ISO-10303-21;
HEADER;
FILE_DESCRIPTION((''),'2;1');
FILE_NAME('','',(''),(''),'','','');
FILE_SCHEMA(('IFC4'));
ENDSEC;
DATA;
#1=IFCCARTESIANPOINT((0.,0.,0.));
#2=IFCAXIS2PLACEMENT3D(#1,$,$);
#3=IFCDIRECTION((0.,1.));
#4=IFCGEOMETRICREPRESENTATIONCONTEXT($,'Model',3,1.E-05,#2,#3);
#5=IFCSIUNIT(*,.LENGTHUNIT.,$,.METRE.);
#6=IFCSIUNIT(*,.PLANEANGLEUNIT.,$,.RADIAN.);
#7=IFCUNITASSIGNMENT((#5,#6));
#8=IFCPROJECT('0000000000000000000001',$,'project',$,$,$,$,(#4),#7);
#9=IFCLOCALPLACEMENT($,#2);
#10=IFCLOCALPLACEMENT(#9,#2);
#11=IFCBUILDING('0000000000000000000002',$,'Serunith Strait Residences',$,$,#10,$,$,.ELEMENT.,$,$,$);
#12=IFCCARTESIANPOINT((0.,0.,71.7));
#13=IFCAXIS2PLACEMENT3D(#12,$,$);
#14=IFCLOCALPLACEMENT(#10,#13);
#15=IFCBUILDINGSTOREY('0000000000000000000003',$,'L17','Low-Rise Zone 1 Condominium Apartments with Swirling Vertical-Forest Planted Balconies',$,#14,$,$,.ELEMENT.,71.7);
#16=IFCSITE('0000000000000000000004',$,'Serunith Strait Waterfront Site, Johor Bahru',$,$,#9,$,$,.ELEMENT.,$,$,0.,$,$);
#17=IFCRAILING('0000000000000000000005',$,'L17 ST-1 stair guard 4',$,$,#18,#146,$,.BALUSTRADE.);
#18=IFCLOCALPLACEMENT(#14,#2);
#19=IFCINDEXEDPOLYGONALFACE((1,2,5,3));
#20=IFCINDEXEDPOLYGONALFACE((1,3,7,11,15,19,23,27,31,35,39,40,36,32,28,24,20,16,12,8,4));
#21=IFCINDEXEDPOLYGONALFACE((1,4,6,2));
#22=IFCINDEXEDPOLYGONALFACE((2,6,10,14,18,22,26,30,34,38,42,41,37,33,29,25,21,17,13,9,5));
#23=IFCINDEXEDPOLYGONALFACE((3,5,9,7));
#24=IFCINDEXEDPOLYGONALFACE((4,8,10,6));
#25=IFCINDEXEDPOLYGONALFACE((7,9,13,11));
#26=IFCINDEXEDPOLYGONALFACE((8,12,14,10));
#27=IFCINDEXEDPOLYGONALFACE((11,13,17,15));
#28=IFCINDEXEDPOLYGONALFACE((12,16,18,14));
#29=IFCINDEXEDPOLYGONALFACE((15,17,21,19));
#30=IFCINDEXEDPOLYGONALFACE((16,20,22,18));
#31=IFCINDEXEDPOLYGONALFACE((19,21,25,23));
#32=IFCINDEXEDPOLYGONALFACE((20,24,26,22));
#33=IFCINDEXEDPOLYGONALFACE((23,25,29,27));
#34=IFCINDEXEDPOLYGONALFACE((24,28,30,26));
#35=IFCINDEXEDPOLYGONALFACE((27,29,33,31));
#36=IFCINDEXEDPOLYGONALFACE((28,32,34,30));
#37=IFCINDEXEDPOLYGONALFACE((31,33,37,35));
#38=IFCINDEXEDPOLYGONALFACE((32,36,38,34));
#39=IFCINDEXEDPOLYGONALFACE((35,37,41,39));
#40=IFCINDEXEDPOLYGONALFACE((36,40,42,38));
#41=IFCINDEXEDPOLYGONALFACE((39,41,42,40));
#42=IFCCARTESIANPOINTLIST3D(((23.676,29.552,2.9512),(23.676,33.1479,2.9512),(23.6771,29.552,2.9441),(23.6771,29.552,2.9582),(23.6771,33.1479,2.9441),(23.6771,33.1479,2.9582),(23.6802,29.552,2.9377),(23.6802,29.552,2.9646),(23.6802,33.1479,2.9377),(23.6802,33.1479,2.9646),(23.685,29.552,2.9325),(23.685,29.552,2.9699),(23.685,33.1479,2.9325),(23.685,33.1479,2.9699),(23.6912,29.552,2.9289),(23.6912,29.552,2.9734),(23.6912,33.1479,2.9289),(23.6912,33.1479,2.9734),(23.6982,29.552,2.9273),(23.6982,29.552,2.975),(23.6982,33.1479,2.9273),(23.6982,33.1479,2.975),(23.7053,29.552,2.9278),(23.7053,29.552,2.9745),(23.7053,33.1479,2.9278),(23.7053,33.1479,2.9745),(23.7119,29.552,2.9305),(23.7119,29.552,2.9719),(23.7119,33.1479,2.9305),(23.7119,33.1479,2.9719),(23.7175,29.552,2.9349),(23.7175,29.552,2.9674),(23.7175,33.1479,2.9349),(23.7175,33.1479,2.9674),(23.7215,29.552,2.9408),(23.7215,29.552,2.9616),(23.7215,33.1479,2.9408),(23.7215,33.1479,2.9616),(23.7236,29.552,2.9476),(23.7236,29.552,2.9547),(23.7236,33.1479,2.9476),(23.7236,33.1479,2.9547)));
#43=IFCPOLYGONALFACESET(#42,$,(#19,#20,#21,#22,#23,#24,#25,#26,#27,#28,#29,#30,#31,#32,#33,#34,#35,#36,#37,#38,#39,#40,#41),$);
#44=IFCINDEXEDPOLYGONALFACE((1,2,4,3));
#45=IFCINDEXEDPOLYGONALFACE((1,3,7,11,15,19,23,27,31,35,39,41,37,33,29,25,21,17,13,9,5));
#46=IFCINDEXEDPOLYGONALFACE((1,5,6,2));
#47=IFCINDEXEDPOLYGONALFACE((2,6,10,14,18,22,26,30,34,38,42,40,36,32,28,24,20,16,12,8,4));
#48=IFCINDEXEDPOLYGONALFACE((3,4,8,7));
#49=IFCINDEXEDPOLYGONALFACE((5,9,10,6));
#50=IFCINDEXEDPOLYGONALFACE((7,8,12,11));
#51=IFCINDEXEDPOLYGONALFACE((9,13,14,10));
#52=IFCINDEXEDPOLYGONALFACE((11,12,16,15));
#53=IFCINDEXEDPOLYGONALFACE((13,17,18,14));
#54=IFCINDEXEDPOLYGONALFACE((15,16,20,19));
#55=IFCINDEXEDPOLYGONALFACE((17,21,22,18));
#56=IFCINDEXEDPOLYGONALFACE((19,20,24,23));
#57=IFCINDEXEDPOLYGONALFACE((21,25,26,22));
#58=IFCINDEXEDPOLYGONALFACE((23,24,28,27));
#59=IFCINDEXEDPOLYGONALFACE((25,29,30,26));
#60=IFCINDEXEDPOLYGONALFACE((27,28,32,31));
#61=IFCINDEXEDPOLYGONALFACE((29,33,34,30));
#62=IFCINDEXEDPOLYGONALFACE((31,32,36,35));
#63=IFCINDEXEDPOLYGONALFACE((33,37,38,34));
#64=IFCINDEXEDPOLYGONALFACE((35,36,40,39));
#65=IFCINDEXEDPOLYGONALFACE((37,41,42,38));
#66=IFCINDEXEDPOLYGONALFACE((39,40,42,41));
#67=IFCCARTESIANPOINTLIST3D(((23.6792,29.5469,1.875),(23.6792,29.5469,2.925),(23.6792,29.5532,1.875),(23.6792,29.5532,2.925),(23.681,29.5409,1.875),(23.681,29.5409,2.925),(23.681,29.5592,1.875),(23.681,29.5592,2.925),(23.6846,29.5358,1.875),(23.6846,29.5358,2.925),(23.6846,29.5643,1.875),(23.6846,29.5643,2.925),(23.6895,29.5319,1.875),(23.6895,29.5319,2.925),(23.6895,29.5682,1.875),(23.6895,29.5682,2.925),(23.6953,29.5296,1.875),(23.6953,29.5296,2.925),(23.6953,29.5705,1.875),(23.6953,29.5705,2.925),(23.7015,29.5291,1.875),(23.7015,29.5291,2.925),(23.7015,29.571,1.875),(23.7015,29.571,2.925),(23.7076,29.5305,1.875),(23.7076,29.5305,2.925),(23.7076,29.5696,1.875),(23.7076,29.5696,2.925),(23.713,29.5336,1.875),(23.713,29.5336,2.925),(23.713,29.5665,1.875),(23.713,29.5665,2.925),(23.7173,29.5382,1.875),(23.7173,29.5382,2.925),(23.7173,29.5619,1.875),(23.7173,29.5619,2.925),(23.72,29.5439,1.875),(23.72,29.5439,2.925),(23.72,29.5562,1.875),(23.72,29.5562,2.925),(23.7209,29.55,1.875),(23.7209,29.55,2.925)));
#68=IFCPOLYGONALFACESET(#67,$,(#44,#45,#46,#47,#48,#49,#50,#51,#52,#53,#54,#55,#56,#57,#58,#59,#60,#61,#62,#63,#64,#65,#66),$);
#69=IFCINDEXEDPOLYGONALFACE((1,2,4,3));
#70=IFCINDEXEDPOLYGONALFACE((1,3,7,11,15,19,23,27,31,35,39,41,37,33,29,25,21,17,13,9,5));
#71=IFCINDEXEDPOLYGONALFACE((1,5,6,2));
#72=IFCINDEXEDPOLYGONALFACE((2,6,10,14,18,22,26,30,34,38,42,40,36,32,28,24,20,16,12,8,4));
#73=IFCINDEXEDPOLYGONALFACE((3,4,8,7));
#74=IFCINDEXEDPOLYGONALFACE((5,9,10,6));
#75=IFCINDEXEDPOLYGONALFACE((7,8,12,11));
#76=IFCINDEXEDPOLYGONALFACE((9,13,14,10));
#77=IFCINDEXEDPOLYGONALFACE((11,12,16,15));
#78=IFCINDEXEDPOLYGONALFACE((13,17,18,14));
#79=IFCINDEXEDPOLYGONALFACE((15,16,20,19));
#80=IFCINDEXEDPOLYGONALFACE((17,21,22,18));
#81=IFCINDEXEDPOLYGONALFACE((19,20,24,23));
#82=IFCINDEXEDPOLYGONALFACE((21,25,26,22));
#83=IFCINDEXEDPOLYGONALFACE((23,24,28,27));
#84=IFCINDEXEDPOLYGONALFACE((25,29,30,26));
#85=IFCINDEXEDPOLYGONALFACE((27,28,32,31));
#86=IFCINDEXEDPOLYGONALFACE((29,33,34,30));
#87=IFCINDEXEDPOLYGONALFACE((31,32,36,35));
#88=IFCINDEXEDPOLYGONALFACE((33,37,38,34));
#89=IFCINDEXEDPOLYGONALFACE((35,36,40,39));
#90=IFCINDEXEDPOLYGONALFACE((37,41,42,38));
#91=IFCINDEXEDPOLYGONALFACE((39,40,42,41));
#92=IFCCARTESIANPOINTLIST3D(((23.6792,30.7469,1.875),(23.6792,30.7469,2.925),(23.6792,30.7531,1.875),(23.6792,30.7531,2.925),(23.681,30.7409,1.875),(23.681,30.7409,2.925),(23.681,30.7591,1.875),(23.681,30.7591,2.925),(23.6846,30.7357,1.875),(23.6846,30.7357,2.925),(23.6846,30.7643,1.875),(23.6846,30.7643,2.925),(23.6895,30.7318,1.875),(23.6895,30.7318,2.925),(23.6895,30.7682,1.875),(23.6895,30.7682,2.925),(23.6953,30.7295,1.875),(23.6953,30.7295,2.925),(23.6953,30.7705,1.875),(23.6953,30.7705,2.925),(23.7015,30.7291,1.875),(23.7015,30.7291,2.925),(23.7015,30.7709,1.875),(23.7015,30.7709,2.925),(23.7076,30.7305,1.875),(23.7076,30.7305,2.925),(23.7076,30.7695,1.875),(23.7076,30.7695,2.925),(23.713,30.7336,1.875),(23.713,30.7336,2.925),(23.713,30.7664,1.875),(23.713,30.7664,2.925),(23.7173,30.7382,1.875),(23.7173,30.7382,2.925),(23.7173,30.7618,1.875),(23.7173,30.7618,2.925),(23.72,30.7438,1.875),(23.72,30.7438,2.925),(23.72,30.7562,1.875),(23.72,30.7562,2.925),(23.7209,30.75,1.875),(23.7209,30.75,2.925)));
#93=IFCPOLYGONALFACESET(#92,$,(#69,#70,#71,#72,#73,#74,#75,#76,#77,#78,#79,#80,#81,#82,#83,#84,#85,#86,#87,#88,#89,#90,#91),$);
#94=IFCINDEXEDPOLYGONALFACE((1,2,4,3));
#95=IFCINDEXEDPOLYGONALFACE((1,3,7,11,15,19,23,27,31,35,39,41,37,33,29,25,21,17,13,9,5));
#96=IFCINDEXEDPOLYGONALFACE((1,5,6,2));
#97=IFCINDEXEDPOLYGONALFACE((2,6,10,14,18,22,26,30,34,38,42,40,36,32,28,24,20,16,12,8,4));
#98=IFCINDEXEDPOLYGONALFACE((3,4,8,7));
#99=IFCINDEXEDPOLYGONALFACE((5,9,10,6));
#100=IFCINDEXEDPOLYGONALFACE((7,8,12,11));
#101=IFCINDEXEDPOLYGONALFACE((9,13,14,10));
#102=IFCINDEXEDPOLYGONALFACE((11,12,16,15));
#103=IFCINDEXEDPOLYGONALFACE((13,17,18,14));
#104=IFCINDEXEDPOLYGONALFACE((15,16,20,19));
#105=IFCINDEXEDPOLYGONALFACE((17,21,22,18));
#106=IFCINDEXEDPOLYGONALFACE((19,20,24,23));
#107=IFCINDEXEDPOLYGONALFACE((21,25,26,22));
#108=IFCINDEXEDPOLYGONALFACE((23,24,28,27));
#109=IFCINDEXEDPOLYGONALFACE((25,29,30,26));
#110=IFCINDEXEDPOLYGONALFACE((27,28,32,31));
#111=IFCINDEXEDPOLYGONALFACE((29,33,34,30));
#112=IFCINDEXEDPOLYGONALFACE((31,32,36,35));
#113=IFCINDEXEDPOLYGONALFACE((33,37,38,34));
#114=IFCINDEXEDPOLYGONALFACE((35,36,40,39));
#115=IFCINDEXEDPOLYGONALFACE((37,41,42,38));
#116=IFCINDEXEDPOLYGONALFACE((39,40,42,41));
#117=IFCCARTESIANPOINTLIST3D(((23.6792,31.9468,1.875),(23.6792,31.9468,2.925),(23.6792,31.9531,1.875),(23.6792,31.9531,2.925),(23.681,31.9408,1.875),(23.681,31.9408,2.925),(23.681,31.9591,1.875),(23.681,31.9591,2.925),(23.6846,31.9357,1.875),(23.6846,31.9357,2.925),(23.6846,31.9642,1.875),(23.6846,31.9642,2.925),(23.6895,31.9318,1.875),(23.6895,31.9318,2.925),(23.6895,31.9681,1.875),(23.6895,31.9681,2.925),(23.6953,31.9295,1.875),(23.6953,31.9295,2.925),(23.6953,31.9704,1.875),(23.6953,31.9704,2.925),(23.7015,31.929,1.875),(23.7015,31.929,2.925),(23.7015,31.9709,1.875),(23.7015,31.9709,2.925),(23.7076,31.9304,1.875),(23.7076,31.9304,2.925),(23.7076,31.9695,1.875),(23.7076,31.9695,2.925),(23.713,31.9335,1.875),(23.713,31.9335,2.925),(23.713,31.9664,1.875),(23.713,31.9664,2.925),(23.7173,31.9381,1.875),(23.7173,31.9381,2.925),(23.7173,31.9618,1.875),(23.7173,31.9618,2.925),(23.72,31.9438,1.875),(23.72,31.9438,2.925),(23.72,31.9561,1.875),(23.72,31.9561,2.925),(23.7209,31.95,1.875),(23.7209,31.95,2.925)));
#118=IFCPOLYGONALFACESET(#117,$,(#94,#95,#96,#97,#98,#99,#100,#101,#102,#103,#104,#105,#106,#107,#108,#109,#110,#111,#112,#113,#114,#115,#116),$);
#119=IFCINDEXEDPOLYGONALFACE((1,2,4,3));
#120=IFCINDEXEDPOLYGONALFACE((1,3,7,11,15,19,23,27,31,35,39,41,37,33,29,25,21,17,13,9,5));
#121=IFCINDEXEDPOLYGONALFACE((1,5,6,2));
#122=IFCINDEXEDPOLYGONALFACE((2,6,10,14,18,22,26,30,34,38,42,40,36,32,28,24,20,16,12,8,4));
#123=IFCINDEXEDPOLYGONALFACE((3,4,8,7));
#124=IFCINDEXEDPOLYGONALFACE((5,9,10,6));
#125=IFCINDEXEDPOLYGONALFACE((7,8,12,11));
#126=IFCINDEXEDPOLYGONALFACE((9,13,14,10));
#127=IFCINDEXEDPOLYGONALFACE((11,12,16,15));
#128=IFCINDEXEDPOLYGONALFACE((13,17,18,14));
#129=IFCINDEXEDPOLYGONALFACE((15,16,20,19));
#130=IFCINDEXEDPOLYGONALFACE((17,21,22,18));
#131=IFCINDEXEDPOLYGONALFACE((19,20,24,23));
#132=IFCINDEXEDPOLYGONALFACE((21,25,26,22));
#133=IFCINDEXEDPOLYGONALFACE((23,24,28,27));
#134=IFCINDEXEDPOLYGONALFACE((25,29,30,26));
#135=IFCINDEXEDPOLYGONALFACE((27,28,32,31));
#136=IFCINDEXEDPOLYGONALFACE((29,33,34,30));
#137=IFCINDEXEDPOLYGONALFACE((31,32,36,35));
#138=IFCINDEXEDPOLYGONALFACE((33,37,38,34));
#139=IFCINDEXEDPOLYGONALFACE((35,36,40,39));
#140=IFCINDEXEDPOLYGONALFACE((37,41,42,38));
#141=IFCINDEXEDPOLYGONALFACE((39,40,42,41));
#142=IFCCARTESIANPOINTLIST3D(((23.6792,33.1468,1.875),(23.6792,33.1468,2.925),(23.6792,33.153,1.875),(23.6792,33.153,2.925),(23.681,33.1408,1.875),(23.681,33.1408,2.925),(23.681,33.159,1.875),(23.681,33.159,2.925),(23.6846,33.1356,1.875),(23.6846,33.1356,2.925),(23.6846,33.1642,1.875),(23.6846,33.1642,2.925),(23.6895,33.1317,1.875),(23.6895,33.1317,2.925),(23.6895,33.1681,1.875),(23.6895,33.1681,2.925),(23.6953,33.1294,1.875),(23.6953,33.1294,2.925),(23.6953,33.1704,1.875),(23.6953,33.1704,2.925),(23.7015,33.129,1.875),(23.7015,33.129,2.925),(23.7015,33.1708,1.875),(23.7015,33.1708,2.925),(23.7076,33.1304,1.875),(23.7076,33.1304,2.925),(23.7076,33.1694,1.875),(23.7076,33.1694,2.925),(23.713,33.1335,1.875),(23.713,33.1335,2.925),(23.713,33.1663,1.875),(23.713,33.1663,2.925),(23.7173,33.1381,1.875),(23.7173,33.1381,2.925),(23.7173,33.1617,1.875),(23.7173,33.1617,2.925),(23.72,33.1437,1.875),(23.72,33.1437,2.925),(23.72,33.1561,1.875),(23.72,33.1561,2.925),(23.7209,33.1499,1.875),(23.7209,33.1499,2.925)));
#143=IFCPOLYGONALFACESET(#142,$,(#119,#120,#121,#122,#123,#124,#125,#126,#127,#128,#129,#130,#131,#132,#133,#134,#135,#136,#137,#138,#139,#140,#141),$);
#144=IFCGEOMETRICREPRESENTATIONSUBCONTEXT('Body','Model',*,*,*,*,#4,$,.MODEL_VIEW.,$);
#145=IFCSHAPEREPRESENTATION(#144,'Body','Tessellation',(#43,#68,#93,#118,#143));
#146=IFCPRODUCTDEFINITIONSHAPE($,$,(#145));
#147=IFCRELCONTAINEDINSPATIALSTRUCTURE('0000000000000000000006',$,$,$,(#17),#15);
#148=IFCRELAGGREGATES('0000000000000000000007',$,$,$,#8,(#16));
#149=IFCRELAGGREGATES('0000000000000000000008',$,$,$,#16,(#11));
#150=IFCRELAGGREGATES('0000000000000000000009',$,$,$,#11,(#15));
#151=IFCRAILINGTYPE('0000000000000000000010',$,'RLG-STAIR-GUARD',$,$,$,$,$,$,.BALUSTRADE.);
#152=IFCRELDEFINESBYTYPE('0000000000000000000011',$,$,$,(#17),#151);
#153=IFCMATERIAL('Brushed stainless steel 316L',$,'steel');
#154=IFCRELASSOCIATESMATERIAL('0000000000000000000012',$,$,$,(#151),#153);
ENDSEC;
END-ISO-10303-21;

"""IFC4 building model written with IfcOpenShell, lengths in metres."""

from ifc_helpers import new_model, si_unit, direction, frame, origin, origin_2d, place, context, subcontext, project, spatial, circle, extrude, material, type_object, element, save


model = new_model("IFC4")

# Units and contexts
model_context = context("Model", 3, precision=1e-05, world=origin(), true_north=direction((0.0, 1.0)))
body_context = subcontext(model_context, "Body", "Model", "MODEL_VIEW")
ifc_project = project(units=[si_unit("LENGTHUNIT", "METRE"), si_unit("PLANEANGLEUNIT", "RADIAN")], contexts=[model_context])

# Site, building, storey
site_placement = place(None, origin())
site = spatial("IfcSite", under=ifc_project, at=site_placement, Name="Serunith Strait Waterfront Site, Johor Bahru", CompositionType="ELEMENT", RefElevation=0.0)
building_placement = place(site_placement, origin())
building = spatial("IfcBuilding", under=site, at=building_placement, Name="Serunith Strait Residences", CompositionType="ELEMENT")
storey_placement = place(building_placement, frame((0.0, 0.0, 71.7)))
storey = spatial("IfcBuildingStorey", under=building, at=storey_placement, Name="L17", Description="Low-Rise Zone 1 Condominium Apartments with Swirling Vertical-Forest Planted Balconies", CompositionType="ELEMENT", Elevation=71.7)

# Railing
ifc_material_1 = material(Name="Brushed stainless steel 316L", Category="steel")
railing_type_1 = type_object("IfcRailingType", Name="RLG-STAIR-GUARD", PredefinedType="BALUSTRADE", material=ifc_material_1)
for number, where, name in (
    (1, (23.7, 29.55, 1.875), "L17 ST-1 stair guard 4"),
):
    element("IfcRailing", number, at=place(storey_placement, frame(where)), inside=storey, type_object=railing_type_1, Name=name, PredefinedType="BALUSTRADE", context=body_context, shape_type="SweptSolid", body=[
        extrude(circle(Radius=0.0239, at=origin_2d()), frame((0.0, 0.002, 1.0762), z_axis=(0.0, 1.0, 0.0), x_axis=(-1.0, 0.0, 0.0)), (0.0, 0.0, 1.0), 3.5959),
        extrude(circle(Radius=0.021, at=origin_2d()), origin(), (0.0, 0.0, 1.0), 1.05),
        extrude(circle(Radius=0.021, at=origin_2d()), frame((0.0, 1.2, 0.0)), (0.0, 0.0, 1.0), 1.05),
        extrude(circle(Radius=0.021, at=origin_2d()), frame((0.0, 2.3999, 0.0)), (0.0, 0.0, 1.0), 1.05),
        extrude(circle(Radius=0.021, at=origin_2d()), frame((0.0, 3.5999, 0.0)), (0.0, 0.0, 1.0), 1.05),
    ])

save(model, "model.ifc")
